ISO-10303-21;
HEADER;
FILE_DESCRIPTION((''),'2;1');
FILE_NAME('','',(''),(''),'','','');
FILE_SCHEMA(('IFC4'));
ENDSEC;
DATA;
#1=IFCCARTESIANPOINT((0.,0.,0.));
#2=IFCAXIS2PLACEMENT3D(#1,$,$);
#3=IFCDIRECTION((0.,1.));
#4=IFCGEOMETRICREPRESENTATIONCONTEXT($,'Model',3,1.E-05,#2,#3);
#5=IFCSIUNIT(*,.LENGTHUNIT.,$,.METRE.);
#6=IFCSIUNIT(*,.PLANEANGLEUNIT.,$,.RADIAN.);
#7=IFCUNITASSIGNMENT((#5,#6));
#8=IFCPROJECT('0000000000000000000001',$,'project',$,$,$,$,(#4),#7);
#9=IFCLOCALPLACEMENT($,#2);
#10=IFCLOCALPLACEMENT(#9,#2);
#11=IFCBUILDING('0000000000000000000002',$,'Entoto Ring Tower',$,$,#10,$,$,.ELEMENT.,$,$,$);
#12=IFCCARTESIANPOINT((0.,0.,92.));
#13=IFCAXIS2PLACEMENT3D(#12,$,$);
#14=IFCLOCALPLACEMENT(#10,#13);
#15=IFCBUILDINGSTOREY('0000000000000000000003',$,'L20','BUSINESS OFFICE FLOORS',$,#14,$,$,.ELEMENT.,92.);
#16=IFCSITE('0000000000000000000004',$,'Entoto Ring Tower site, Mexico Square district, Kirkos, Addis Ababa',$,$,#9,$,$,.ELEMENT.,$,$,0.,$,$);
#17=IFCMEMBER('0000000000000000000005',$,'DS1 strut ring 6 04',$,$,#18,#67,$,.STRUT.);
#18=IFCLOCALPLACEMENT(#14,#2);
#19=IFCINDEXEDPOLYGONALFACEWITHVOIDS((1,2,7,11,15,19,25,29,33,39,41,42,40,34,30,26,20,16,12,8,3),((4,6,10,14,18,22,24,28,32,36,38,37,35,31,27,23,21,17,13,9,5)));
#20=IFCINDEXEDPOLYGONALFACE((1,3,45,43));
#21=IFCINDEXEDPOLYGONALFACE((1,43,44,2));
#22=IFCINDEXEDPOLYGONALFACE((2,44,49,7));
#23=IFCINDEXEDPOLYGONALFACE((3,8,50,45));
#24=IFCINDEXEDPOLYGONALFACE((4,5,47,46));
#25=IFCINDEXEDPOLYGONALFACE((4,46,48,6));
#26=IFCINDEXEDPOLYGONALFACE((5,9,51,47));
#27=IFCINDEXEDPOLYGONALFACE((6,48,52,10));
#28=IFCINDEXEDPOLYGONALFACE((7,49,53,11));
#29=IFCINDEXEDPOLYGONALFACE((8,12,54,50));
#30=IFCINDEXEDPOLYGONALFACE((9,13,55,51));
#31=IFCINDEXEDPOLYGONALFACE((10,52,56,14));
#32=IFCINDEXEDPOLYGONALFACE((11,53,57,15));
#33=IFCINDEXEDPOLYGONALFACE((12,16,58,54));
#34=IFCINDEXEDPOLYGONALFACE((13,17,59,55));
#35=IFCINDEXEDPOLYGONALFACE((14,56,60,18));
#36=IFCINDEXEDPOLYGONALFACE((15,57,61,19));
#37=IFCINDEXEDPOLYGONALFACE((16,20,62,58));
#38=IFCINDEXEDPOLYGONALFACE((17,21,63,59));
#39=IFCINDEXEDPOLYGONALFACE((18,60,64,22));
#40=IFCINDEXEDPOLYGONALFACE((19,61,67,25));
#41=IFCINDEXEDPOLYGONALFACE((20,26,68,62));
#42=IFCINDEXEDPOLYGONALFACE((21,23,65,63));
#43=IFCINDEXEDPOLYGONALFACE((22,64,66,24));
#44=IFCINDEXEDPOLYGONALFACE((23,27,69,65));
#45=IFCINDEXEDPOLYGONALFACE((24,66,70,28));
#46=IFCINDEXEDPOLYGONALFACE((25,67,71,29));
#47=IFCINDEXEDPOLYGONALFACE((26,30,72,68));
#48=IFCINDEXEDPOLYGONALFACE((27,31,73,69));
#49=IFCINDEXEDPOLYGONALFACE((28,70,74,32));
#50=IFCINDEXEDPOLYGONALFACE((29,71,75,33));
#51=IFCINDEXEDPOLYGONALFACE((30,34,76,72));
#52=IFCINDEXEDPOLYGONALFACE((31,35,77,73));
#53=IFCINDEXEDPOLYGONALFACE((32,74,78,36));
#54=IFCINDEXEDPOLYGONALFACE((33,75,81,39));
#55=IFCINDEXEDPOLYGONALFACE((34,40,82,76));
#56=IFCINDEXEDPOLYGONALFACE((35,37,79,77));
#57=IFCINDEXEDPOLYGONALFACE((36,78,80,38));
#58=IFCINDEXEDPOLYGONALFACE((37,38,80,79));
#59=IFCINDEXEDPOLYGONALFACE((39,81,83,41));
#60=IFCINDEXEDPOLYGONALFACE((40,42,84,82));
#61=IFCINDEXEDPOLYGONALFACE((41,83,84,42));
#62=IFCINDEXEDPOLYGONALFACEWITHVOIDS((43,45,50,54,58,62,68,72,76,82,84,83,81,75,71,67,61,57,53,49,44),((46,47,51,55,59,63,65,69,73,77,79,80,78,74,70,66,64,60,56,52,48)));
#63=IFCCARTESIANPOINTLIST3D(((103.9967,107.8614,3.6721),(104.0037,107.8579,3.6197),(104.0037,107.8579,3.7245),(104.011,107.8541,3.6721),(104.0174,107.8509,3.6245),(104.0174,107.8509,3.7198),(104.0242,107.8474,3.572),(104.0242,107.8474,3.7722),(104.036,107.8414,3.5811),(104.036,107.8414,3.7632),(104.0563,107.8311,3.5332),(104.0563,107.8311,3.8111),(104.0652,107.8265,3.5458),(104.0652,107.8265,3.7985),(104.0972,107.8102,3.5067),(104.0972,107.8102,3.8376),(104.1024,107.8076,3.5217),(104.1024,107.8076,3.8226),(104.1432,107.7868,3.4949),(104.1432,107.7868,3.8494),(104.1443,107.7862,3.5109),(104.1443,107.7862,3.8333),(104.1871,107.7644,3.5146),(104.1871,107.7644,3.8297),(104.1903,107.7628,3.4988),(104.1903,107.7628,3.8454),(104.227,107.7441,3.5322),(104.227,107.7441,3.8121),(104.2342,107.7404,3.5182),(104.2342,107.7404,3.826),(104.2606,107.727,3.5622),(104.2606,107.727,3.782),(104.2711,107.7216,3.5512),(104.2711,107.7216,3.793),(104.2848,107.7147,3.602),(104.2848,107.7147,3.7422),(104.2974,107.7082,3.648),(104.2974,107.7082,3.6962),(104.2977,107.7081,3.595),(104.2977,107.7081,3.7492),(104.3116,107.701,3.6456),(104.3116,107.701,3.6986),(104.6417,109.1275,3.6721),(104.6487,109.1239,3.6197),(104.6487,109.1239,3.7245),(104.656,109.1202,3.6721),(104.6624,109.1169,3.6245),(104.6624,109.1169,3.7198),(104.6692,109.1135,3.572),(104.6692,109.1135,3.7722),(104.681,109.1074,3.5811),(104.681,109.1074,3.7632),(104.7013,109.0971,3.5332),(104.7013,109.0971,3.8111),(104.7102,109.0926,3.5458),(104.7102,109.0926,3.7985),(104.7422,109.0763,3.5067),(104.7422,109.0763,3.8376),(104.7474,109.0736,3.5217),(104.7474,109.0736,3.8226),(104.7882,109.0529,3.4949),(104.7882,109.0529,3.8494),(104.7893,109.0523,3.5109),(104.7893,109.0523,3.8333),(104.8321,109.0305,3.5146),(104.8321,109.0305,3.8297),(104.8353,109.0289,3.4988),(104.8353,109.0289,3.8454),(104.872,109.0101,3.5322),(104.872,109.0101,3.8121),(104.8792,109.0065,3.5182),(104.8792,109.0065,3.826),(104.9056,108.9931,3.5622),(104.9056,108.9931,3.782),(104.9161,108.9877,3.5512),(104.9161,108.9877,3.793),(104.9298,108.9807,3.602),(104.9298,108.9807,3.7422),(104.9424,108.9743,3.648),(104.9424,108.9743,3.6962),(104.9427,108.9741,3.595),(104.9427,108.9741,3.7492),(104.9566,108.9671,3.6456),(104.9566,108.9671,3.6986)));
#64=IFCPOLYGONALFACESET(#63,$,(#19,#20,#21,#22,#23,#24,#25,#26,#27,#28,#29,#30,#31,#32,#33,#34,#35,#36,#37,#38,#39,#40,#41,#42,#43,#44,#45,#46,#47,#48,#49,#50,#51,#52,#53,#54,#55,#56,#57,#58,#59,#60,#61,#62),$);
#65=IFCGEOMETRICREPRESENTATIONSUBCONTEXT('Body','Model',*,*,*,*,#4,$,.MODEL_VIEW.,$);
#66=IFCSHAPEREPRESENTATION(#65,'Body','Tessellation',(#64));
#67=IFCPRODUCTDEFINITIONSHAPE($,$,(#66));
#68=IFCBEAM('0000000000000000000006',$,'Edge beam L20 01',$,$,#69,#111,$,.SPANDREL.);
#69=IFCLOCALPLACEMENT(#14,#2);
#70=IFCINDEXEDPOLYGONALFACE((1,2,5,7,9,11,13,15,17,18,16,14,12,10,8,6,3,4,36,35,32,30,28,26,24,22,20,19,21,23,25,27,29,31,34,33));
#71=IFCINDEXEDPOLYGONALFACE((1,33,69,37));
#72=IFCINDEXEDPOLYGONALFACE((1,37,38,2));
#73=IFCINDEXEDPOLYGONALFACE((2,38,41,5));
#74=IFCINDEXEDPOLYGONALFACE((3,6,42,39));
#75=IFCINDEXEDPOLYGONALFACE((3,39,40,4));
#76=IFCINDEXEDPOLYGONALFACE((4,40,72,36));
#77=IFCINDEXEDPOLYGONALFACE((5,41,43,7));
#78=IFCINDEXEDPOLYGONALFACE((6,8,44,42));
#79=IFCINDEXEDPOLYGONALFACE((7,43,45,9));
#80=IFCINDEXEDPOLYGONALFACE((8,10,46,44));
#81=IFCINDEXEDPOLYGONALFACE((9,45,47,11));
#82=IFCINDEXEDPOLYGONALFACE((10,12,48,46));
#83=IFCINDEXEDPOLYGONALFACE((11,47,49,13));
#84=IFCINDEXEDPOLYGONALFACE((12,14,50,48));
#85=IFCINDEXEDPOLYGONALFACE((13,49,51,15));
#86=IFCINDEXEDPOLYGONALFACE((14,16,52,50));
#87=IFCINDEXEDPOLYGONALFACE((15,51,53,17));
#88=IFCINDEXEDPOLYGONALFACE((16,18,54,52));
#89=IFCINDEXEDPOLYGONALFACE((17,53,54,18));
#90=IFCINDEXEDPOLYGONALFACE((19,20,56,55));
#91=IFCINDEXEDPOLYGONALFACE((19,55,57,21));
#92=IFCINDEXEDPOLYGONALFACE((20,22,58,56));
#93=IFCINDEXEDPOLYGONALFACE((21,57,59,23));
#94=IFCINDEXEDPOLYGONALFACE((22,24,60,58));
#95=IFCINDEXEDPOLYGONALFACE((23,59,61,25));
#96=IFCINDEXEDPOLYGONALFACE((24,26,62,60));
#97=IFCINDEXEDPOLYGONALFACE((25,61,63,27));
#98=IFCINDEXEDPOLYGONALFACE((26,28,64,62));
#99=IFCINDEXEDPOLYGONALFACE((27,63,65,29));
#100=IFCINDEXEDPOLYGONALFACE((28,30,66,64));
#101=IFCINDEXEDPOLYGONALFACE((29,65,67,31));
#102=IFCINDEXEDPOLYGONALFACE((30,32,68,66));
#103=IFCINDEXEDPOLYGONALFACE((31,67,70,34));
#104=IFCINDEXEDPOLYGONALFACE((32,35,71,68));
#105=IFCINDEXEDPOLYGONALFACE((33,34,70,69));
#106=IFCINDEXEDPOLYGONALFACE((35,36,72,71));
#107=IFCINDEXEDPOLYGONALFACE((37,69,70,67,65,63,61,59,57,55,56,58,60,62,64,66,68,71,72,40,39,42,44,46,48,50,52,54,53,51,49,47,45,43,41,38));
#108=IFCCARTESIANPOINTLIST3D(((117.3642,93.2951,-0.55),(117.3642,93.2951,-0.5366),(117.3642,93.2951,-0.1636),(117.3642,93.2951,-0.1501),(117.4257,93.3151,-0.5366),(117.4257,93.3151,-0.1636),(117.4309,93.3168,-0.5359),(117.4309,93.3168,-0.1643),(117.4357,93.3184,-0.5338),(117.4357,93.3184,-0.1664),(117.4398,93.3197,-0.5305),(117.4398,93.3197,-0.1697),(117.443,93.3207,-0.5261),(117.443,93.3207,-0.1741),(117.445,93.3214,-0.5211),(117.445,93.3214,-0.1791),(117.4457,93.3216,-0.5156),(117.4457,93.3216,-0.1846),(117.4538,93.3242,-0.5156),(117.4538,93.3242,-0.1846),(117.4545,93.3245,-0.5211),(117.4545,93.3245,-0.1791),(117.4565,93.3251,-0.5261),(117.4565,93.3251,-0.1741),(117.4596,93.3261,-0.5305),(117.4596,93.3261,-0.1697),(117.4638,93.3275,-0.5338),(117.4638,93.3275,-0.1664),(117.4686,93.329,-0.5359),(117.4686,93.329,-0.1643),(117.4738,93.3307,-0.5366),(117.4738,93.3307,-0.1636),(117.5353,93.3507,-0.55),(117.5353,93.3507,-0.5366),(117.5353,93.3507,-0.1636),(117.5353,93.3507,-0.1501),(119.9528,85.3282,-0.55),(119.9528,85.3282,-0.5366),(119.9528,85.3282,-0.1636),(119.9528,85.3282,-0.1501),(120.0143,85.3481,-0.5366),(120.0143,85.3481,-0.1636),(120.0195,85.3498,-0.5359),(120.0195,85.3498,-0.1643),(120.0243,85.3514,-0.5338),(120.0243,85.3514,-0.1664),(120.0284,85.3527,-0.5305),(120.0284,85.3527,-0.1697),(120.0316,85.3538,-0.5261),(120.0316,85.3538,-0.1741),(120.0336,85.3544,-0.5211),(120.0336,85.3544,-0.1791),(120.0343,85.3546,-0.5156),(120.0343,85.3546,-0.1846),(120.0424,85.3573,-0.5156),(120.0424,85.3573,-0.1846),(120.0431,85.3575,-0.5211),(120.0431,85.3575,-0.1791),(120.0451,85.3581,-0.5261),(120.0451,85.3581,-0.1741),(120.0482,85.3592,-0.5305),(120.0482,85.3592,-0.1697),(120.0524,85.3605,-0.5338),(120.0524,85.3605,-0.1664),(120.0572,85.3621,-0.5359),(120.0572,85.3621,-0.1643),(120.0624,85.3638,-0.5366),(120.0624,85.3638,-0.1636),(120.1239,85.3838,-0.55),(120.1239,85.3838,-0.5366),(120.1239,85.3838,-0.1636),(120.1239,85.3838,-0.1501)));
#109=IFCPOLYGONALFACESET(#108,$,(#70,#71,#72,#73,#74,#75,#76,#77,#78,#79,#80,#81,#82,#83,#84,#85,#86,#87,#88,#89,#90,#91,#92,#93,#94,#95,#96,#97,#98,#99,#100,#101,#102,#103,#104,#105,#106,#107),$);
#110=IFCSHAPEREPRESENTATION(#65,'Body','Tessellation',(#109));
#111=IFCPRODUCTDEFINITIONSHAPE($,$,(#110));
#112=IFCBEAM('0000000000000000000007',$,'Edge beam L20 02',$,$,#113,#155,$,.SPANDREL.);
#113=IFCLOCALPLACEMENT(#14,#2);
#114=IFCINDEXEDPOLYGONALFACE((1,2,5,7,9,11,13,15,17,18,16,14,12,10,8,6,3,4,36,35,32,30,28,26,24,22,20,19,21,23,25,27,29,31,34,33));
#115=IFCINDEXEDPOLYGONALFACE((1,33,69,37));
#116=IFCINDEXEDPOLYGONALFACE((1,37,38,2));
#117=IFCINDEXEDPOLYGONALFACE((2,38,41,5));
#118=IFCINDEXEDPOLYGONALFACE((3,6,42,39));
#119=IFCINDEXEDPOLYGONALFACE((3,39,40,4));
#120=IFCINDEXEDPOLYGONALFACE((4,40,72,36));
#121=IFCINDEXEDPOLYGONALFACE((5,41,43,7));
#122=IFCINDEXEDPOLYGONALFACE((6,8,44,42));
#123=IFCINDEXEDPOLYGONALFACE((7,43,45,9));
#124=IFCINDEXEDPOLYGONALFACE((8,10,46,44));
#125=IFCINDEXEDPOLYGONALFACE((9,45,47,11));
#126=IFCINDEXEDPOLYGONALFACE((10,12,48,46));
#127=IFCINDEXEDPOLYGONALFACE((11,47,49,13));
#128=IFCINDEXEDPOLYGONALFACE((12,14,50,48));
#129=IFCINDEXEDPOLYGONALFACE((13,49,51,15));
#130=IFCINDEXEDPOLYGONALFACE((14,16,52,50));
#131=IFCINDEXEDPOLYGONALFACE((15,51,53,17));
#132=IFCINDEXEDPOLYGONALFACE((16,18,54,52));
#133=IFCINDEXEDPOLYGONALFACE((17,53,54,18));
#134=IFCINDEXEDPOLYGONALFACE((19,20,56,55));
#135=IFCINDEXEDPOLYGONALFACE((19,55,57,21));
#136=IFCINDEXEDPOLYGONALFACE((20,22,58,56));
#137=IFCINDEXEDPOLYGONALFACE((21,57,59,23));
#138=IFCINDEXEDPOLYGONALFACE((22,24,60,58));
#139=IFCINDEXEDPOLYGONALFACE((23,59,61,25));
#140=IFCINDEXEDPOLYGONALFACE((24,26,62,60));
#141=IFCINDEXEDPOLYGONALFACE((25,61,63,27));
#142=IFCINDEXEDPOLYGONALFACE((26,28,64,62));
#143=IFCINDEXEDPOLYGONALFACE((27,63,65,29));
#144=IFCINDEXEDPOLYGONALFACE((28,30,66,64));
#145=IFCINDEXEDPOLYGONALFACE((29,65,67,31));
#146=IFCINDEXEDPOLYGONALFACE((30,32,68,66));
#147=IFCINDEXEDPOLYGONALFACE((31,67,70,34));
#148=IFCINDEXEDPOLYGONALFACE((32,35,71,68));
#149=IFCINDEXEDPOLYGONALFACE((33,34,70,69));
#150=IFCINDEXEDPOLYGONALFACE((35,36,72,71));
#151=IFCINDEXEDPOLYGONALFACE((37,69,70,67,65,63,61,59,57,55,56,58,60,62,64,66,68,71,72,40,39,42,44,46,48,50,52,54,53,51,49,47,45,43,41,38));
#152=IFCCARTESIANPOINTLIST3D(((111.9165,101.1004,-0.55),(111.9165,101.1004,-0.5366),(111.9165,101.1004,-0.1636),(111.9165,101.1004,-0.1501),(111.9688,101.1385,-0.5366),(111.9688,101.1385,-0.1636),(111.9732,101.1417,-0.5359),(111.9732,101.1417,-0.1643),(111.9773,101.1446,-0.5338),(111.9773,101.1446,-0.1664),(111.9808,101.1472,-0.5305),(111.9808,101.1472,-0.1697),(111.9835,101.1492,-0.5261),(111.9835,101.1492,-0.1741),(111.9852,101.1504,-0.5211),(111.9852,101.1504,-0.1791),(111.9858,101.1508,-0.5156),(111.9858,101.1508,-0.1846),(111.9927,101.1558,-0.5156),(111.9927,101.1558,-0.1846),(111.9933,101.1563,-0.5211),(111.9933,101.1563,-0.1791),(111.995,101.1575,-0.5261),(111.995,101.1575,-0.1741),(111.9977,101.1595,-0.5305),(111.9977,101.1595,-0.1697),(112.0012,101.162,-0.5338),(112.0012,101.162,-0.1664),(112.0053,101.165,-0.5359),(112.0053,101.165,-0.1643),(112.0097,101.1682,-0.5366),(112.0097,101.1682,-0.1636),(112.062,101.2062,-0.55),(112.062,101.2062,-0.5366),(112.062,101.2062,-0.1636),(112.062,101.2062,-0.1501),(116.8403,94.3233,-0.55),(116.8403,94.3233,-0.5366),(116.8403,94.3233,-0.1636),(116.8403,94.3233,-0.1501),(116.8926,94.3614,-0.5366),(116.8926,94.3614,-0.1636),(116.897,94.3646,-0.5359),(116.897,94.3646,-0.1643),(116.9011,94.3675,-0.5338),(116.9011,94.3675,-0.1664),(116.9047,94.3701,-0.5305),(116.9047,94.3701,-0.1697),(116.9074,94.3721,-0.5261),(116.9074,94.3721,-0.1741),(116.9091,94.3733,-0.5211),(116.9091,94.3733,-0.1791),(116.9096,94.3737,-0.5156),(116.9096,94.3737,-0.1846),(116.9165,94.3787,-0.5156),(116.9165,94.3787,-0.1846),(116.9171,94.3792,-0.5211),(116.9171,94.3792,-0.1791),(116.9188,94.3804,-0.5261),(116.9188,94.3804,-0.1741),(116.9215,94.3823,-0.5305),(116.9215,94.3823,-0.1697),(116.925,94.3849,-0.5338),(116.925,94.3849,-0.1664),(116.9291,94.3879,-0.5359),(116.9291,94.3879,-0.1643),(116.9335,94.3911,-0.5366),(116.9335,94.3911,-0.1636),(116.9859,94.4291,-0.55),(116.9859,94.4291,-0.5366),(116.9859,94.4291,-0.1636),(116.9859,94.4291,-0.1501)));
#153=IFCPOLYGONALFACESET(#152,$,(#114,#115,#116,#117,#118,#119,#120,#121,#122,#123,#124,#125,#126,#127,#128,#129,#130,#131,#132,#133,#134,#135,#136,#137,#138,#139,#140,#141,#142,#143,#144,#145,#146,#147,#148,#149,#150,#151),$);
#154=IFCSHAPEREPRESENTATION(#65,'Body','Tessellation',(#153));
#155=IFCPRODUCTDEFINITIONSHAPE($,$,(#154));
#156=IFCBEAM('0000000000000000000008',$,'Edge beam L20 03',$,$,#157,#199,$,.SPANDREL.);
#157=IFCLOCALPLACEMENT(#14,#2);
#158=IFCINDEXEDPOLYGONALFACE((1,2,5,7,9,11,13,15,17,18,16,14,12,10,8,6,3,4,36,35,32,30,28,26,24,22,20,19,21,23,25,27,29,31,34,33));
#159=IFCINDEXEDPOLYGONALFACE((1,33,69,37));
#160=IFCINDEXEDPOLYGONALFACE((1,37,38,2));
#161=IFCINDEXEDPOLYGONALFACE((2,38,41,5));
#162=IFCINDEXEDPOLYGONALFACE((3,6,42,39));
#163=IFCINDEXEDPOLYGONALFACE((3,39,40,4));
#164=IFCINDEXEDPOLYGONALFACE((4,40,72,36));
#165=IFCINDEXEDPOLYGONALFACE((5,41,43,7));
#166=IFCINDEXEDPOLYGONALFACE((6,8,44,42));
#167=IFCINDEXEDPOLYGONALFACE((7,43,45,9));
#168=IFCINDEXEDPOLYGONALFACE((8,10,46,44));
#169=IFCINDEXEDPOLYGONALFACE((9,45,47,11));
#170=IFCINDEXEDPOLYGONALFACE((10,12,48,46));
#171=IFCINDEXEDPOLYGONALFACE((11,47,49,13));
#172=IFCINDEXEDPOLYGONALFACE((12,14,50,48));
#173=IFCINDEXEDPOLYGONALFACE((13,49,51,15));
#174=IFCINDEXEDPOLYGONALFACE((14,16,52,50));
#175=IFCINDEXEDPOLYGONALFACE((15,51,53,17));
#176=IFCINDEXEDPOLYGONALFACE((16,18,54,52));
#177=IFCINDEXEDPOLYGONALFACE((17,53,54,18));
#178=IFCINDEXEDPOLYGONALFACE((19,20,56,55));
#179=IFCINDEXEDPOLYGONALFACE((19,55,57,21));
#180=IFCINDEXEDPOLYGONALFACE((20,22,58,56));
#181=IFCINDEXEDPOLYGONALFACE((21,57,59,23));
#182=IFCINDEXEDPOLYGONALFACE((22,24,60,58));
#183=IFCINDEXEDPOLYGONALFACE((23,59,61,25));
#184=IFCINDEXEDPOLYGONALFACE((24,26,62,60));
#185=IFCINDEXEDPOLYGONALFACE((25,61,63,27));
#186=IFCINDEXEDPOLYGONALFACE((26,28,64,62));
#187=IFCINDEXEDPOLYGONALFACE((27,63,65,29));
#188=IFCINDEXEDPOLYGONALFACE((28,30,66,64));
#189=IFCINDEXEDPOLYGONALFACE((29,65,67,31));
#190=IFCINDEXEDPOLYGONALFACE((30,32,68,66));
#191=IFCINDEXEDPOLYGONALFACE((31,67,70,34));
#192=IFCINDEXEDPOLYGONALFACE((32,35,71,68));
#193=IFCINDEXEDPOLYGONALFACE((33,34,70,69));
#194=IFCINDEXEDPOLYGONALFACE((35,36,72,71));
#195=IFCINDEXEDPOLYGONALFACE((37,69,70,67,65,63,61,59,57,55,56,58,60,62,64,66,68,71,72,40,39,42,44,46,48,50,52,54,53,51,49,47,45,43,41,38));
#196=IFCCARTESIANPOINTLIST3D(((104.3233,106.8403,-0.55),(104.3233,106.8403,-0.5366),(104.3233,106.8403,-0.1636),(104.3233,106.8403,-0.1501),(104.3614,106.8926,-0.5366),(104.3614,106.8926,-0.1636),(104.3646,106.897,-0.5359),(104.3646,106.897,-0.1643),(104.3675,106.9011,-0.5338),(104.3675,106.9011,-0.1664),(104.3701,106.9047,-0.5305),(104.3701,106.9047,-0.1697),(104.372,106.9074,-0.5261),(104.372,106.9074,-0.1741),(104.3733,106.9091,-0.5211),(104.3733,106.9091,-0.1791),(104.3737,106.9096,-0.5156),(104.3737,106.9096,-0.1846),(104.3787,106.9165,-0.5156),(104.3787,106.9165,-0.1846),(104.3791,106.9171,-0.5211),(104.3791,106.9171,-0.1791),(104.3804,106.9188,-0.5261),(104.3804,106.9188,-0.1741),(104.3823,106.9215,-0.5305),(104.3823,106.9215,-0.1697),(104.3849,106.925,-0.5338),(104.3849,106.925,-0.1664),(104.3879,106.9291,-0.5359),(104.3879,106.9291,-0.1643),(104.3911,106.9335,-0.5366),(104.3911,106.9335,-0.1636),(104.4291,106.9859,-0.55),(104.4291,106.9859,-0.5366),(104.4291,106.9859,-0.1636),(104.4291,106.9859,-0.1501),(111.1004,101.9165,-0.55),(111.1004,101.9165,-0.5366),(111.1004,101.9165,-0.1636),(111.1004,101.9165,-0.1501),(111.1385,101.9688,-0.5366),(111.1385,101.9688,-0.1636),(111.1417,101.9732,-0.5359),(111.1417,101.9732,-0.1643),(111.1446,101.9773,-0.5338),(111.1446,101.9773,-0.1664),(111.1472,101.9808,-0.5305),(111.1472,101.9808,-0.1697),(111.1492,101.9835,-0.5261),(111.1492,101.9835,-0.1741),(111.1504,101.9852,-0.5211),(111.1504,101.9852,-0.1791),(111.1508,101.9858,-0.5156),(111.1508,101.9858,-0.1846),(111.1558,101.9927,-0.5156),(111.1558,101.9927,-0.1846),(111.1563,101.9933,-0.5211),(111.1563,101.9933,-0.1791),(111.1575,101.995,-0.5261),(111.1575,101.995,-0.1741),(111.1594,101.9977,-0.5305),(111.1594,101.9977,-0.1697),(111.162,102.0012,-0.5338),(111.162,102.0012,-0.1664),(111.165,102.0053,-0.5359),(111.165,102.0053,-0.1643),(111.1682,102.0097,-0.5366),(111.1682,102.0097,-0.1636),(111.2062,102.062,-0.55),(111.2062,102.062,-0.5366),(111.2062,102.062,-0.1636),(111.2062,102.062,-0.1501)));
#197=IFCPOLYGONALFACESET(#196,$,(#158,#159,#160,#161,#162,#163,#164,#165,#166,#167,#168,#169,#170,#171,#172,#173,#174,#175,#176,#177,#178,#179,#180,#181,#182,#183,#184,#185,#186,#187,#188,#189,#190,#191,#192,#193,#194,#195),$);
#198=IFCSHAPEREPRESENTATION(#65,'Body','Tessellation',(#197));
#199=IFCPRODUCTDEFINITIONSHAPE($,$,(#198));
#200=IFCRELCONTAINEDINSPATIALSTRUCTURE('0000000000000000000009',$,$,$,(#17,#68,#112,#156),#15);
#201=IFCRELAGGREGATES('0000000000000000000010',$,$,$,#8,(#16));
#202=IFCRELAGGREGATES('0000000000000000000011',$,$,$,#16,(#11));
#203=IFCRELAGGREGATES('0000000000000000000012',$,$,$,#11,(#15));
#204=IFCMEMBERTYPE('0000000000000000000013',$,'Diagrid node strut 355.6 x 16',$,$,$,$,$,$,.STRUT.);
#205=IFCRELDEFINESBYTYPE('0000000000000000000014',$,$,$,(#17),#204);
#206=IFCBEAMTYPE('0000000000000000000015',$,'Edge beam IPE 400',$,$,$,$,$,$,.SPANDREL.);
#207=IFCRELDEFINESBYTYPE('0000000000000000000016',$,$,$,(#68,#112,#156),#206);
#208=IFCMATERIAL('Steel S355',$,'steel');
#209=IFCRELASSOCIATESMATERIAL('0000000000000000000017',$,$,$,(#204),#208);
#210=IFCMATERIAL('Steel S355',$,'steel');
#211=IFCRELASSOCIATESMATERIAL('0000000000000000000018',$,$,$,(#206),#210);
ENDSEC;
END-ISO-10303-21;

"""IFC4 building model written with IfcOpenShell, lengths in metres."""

from ifc_helpers import new_model, si_unit, direction, frame, origin, origin_2d, place, context, subcontext, project, spatial, circle, hollow_circle, i_section, extrude, material, material_profile, profile_set, type_object, element, save


model = new_model("IFC4")

# Units and contexts
model_context = context("Model", 3, precision=1e-05, world=origin(), true_north=direction((0.0, 1.0)))
body_context = subcontext(model_context, "Body", "Model", "MODEL_VIEW")
ifc_project = project(units=[si_unit("LENGTHUNIT", "METRE"), si_unit("PLANEANGLEUNIT", "RADIAN")], contexts=[model_context])

# Site, building, storey
site_placement = place(None, origin())
site = spatial("IfcSite", under=ifc_project, at=site_placement, Name="Entoto Ring Tower site, Mexico Square district, Kirkos, Addis Ababa", CompositionType="ELEMENT", RefElevation=0.0)
building_placement = place(site_placement, origin())
building = spatial("IfcBuilding", under=site, at=building_placement, Name="Entoto Ring Tower", CompositionType="ELEMENT")
storey_placement = place(building_placement, frame((0.0, 0.0, 92.0)))
storey = spatial("IfcBuildingStorey", under=building, at=storey_placement, Name="L20", Description="BUSINESS OFFICE FLOORS", CompositionType="ELEMENT", Elevation=92.0)

# Member
ifc_material_1 = material(Name="Steel S355", Category="steel")
ifc_material_profile_1 = material_profile(ifc_material_1, hollow_circle(Radius=0.1777, WallThickness=0.0161, at=origin_2d()), Name="CHS 355.6 x 16")
ifc_material_2 = material(Name="Concrete C60/75", Category="concrete")
ifc_material_profile_2 = material_profile(ifc_material_2, circle(Radius=0.1619, at=origin_2d()), Name="Concrete C60/75 infill")
ifc_profile_set_1 = profile_set([ifc_material_profile_1, ifc_material_profile_2], Name="Steel S355")
member_type = type_object("IfcMemberType", Name="Diagrid node strut 355.6 x 16", PredefinedType="STRUT", material=ifc_profile_set_1)
member_1_placement = place(storey_placement, frame((104.155, 107.7808, 3.6721), z_axis=(0.453936, 0.891034, 0.0), x_axis=(-0.891034, 0.453936, 0.0)))
element("IfcMember", 1, at=member_1_placement, inside=storey, type_object=member_type, Name="DS1 strut ring 6 04", PredefinedType="STRUT", context=body_context, shape_type="SweptSolid", body=[
    extrude(hollow_circle(Radius=0.1777, WallThickness=0.0161, at=origin_2d()), origin(), (0.0, 0.0, 1.0), 1.4209),
])

# Beams
ifc_material_3 = material(Name="Steel S355", Category="steel")
ifc_material_profile_3 = material_profile(ifc_material_3, i_section(OverallWidth=0.1799, OverallDepth=0.3999, WebThickness=0.0085, FlangeThickness=0.0134, FilletRadius=0.021, at=origin_2d()), Name="IPE 400")
ifc_profile_set_2 = profile_set([ifc_material_profile_3], Name="Steel S355")
beam_type_1 = type_object("IfcBeamType", Name="Edge beam IPE 400", PredefinedType="SPANDREL", material=ifc_profile_set_2)
for number, where, z_axis, x_axis, name in (
    (2, (120.0383, 85.356, -0.3501), (-0.309014, 0.951057, 0.0), (-0.951057, -0.309014, 0.0), "Edge beam L20 01"),
    (3, (116.9131, 94.3762, -0.3501), (-0.587783, 0.809018, 0.0), (-0.809018, -0.587783, 0.0), "Edge beam L20 02"),
    (4, (111.1533, 101.9893, -0.3501), (-0.809018, 0.587783, 0.0), (-0.587783, -0.809018, 0.0), "Edge beam L20 03"),
):
    element("IfcBeam", number, at=place(storey_placement, frame(where, z_axis=z_axis, x_axis=x_axis)), inside=storey, type_object=beam_type_1, Name=name, PredefinedType="SPANDREL", context=body_context, shape_type="SweptSolid", body=[
        extrude(i_section(OverallWidth=0.1799, OverallDepth=0.3999, WebThickness=0.0085, FlangeThickness=0.0134, FilletRadius=0.021, at=origin_2d()), origin(), (0.0, 0.0, 1.0), 8.377),
    ])

save(model, "model.ifc")
